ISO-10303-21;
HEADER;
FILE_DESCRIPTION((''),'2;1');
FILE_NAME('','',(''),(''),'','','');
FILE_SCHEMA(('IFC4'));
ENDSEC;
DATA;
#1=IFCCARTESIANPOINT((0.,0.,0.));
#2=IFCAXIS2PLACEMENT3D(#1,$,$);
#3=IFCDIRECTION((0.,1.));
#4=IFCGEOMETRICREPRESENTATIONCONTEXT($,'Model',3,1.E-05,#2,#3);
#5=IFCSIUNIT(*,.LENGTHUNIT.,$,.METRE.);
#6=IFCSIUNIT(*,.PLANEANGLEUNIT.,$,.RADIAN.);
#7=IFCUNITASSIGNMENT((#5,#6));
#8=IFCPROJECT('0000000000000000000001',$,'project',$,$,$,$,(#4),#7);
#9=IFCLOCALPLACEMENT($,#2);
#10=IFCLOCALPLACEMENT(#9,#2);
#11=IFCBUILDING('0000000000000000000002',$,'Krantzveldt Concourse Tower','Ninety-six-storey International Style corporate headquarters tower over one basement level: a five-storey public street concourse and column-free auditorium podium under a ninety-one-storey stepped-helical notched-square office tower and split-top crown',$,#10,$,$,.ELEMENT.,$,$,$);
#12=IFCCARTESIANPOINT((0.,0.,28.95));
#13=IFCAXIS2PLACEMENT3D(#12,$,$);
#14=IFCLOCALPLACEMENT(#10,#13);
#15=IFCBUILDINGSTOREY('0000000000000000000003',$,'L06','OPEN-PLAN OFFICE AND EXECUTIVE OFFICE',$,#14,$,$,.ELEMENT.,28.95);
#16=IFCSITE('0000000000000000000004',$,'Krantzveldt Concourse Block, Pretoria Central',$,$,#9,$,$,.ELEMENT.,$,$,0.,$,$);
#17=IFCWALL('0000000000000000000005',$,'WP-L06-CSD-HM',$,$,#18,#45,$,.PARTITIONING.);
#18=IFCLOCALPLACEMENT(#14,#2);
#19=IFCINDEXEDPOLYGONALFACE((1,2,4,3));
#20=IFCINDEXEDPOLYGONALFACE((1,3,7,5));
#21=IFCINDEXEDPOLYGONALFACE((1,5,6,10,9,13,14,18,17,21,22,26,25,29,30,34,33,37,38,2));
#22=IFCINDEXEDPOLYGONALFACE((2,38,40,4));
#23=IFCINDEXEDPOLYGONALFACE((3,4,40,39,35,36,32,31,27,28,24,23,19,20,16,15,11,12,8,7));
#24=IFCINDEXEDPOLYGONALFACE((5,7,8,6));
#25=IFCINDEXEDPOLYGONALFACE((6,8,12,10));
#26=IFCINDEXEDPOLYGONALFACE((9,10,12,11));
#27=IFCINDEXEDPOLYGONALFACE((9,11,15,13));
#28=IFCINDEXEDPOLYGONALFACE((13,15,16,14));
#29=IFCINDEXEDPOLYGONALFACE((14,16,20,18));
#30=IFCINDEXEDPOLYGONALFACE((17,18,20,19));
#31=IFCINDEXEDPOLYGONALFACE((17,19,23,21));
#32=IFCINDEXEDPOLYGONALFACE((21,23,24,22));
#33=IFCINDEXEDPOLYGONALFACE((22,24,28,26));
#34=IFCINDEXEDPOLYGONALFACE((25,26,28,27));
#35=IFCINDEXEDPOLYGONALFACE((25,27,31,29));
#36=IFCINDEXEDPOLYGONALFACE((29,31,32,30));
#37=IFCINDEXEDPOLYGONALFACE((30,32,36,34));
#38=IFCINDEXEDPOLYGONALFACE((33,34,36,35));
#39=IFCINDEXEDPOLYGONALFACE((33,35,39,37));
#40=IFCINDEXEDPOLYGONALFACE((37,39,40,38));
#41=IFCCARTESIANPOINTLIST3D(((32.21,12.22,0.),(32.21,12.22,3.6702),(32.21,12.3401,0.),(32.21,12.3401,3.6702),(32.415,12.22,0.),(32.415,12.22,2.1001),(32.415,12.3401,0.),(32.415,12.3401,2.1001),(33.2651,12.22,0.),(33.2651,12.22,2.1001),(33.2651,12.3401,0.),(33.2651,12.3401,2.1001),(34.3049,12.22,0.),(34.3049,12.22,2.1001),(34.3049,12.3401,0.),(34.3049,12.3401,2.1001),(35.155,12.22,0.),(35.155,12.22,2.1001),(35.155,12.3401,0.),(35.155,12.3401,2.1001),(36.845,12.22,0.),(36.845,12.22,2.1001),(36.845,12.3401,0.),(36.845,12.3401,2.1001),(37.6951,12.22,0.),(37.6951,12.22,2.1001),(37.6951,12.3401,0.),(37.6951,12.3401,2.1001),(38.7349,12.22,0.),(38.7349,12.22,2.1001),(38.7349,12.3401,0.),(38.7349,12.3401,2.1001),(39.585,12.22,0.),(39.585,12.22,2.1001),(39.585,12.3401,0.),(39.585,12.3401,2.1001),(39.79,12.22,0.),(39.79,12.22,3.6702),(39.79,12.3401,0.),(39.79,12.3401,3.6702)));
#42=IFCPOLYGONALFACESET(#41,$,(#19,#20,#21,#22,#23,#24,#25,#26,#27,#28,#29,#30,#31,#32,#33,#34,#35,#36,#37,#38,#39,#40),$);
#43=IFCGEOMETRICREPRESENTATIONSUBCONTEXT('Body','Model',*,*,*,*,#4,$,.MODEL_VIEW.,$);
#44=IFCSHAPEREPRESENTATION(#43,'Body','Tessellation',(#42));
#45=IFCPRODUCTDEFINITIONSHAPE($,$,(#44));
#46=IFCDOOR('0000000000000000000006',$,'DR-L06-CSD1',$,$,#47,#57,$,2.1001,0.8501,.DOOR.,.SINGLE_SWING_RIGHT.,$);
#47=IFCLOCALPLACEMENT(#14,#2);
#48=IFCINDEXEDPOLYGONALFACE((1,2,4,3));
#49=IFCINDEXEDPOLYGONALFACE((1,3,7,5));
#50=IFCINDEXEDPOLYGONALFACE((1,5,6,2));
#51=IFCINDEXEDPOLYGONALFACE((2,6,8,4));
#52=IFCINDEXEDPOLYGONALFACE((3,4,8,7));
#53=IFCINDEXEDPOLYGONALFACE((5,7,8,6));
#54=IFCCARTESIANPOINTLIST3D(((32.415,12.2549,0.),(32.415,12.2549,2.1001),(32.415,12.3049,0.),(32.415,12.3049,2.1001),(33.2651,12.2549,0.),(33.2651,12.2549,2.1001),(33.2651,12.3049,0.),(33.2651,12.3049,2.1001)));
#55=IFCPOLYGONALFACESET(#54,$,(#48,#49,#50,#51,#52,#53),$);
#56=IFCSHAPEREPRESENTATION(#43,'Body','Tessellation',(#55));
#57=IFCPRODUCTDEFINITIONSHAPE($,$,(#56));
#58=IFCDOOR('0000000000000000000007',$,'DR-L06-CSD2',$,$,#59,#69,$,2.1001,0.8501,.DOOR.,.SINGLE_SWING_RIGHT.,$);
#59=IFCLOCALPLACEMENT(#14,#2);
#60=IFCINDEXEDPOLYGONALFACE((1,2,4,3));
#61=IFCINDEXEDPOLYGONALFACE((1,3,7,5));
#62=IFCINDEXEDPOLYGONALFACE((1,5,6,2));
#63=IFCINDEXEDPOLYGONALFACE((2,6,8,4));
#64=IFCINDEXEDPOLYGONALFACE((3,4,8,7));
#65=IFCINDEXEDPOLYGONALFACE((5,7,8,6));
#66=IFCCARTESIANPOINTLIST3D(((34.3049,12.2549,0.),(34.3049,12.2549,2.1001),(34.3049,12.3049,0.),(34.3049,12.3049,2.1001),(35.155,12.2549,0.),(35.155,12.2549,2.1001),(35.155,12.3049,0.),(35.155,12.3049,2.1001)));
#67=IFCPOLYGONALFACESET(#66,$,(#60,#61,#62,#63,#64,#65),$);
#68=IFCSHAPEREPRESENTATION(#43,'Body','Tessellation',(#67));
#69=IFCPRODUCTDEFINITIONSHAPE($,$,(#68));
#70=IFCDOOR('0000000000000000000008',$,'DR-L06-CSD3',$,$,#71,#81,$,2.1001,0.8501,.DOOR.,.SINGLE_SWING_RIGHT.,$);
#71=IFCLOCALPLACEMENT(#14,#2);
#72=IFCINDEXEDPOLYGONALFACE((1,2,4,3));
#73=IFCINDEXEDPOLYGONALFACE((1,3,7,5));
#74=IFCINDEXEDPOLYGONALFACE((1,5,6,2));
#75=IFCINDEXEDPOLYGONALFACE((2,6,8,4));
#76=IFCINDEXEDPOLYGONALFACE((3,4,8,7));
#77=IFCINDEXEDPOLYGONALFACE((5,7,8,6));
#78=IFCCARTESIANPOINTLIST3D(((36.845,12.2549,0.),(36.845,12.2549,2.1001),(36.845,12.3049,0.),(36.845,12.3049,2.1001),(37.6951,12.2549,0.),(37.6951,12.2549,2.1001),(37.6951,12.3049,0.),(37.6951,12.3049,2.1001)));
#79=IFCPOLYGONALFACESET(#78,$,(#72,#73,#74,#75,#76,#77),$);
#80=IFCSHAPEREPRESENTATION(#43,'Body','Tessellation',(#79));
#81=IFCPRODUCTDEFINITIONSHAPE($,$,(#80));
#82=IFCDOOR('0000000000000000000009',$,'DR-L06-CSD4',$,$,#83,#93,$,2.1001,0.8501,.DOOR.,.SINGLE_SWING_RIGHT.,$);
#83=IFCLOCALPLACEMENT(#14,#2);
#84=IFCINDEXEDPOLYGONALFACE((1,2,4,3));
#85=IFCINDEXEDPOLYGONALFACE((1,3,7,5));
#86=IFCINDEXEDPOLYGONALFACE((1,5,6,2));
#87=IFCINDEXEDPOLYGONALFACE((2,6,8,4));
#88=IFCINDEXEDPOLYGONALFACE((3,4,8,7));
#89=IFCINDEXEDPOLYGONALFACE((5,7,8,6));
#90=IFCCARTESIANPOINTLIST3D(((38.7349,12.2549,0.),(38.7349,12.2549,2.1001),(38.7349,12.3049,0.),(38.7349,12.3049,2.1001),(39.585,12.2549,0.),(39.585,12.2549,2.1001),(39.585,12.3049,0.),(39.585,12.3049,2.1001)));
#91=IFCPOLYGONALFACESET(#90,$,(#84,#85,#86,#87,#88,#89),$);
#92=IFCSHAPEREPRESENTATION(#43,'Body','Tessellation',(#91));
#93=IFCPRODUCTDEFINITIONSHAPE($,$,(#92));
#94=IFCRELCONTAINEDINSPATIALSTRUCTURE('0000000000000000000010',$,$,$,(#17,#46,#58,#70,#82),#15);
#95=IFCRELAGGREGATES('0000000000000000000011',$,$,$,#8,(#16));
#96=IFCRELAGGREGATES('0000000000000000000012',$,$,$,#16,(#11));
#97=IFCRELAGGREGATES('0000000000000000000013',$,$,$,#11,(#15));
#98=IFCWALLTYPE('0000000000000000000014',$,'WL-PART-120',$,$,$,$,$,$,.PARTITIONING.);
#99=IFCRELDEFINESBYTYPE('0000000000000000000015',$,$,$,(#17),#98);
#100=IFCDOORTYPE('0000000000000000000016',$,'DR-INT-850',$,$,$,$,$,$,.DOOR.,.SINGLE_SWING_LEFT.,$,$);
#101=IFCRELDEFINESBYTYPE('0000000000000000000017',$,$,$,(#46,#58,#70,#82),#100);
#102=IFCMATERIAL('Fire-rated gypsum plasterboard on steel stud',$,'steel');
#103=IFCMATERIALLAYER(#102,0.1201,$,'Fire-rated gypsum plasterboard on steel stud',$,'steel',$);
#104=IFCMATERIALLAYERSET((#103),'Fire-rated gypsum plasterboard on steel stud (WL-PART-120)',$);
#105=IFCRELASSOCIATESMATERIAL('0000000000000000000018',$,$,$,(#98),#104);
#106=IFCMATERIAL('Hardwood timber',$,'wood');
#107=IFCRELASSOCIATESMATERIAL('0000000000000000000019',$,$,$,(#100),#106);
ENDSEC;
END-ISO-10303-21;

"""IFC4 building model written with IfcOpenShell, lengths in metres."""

from ifc_helpers import new_model, si_unit, direction, frame, frame_2d, origin, place, context, subcontext, project, spatial, rectangle, extrude, material, layer, layer_set, type_object, element, fill, save


model = new_model("IFC4")

# Units and contexts
model_context = context("Model", 3, precision=1e-05, world=origin(), true_north=direction((0.0, 1.0)))
body_context = subcontext(model_context, "Body", "Model", "MODEL_VIEW")
ifc_project = project(units=[si_unit("LENGTHUNIT", "METRE"), si_unit("PLANEANGLEUNIT", "RADIAN")], contexts=[model_context])

# Site, building, storey
site_placement = place(None, origin())
site = spatial("IfcSite", under=ifc_project, at=site_placement, Name="Krantzveldt Concourse Block, Pretoria Central", CompositionType="ELEMENT", RefElevation=0.0)
building_placement = place(site_placement, origin())
building = spatial("IfcBuilding", under=site, at=building_placement, Name="Krantzveldt Concourse Tower", Description="Ninety-six-storey International Style corporate headquarters tower over one basement level: a five-storey public street concourse and column-free auditorium podium under a ninety-one-storey stepped-helical notched-square office tower and split-top crown", CompositionType="ELEMENT")
storey_placement = place(building_placement, frame((0.0, 0.0, 28.95)))
storey = spatial("IfcBuildingStorey", under=building, at=storey_placement, Name="L06", Description="OPEN-PLAN OFFICE AND EXECUTIVE OFFICE", CompositionType="ELEMENT", Elevation=28.95)

# Shared definitions
ifc_material_1 = material(Name="Fire-rated gypsum plasterboard on steel stud", Category="steel")
ifc_layer_1 = layer(ifc_material_1, 0.1201, Name="Fire-rated gypsum plasterboard on steel stud", Category="steel")
ifc_layer_set_1 = layer_set([ifc_layer_1], Name="Fire-rated gypsum plasterboard on steel stud (WL-PART-120)")
wall_type_1 = type_object("IfcWallType", Name="WL-PART-120", PredefinedType="PARTITIONING", material=ifc_layer_set_1)
ifc_material_2 = material(Name="Hardwood timber", Category="wood")
door_type_1 = type_object("IfcDoorType", Name="DR-INT-850", OperationType="SINGLE_SWING_LEFT", PredefinedType="DOOR", material=ifc_material_2)

# Wall, openings, doors
wall_1_placement = place(storey_placement, frame((32.21, 12.28, 0.0), z_axis=(0.0, 0.0, 1.0), x_axis=(1.0, 0.0, 0.0)))
wall_1 = element("IfcWall", 1, at=wall_1_placement, inside=storey, type_object=wall_type_1, Name="WP-L06-CSD-HM", PredefinedType="PARTITIONING", context=body_context, shape_type="SweptSolid", body=[
    extrude(rectangle(XDim=7.5801, YDim=0.1201, at=frame_2d((3.79, 0.0))), origin(), (0.0, 0.0, 1.0), 3.6702),
])
opening_1_placement = place(wall_1_placement, frame((0.2051, 0.0, 0.0)))
opening_1 = element("IfcOpeningElement", 2, at=opening_1_placement, cuts=wall_1, PredefinedType="OPENING", context=body_context, shape_type="SweptSolid", body=[
    extrude(rectangle(XDim=0.8501, YDim=2.1001, at=frame_2d((0.425, 1.05))), frame((0.0, 0.0701, 0.0), z_axis=(0.0, -1.0, 0.0), x_axis=(1.0, 0.0, 0.0)), (0.0, 0.0, 1.0), 0.1401),
])
opening_2_placement = place(wall_1_placement, frame((2.095, 0.0, 0.0)))
opening_2 = element("IfcOpeningElement", 3, at=opening_2_placement, cuts=wall_1, PredefinedType="OPENING", context=body_context, shape_type="SweptSolid", body=[
    extrude(rectangle(XDim=0.8501, YDim=2.1001, at=frame_2d((0.425, 1.05))), frame((0.0, 0.0701, 0.0), z_axis=(0.0, -1.0, 0.0), x_axis=(1.0, 0.0, 0.0)), (0.0, 0.0, 1.0), 0.1401),
])
opening_3_placement = place(wall_1_placement, frame((4.635, 0.0, 0.0)))
opening_3 = element("IfcOpeningElement", 4, at=opening_3_placement, cuts=wall_1, PredefinedType="OPENING", context=body_context, shape_type="SweptSolid", body=[
    extrude(rectangle(XDim=0.8501, YDim=2.1001, at=frame_2d((0.425, 1.05))), frame((0.0, 0.0701, 0.0), z_axis=(0.0, -1.0, 0.0), x_axis=(1.0, 0.0, 0.0)), (0.0, 0.0, 1.0), 0.1401),
])
opening_4_placement = place(wall_1_placement, frame((6.5249, 0.0, 0.0)))
opening_4 = element("IfcOpeningElement", 5, at=opening_4_placement, cuts=wall_1, PredefinedType="OPENING", context=body_context, shape_type="SweptSolid", body=[
    extrude(rectangle(XDim=0.8501, YDim=2.1001, at=frame_2d((0.425, 1.05))), frame((0.0, 0.0701, 0.0), z_axis=(0.0, -1.0, 0.0), x_axis=(1.0, 0.0, 0.0)), (0.0, 0.0, 1.0), 0.1401),
])
door_1_placement = place(opening_1_placement, origin())
door_1 = element("IfcDoor", 6, at=door_1_placement, inside=storey, type_object=door_type_1, Name="DR-L06-CSD1", OperationType="SINGLE_SWING_RIGHT", OverallHeight=2.1001, OverallWidth=0.8501, PredefinedType="DOOR", context=body_context, shape_type="SweptSolid", body=[
    extrude(rectangle(XDim=0.8501, YDim=2.1001, at=frame_2d((0.425, 1.05))), frame((0.0, 0.0249, 0.0), z_axis=(0.0, -1.0, 0.0), x_axis=(1.0, 0.0, 0.0)), (0.0, 0.0, 1.0), 0.05),
])
fill(opening_1, door_1)
door_2_placement = place(opening_2_placement, origin())
door_2 = element("IfcDoor", 7, at=door_2_placement, inside=storey, type_object=door_type_1, Name="DR-L06-CSD2", OperationType="SINGLE_SWING_RIGHT", OverallHeight=2.1001, OverallWidth=0.8501, PredefinedType="DOOR", context=body_context, shape_type="SweptSolid", body=[
    extrude(rectangle(XDim=0.8501, YDim=2.1001, at=frame_2d((0.425, 1.05))), frame((0.0, 0.0249, 0.0), z_axis=(0.0, -1.0, 0.0), x_axis=(1.0, 0.0, 0.0)), (0.0, 0.0, 1.0), 0.05),
])
fill(opening_2, door_2)
door_3_placement = place(opening_3_placement, origin())
door_3 = element("IfcDoor", 8, at=door_3_placement, inside=storey, type_object=door_type_1, Name="DR-L06-CSD3", OperationType="SINGLE_SWING_RIGHT", OverallHeight=2.1001, OverallWidth=0.8501, PredefinedType="DOOR", context=body_context, shape_type="SweptSolid", body=[
    extrude(rectangle(XDim=0.8501, YDim=2.1001, at=frame_2d((0.425, 1.05))), frame((0.0, 0.0249, 0.0), z_axis=(0.0, -1.0, 0.0), x_axis=(1.0, 0.0, 0.0)), (0.0, 0.0, 1.0), 0.05),
])
fill(opening_3, door_3)
door_4_placement = place(opening_4_placement, origin())
door_4 = element("IfcDoor", 9, at=door_4_placement, inside=storey, type_object=door_type_1, Name="DR-L06-CSD4", OperationType="SINGLE_SWING_RIGHT", OverallHeight=2.1001, OverallWidth=0.8501, PredefinedType="DOOR", context=body_context, shape_type="SweptSolid", body=[
    extrude(rectangle(XDim=0.8501, YDim=2.1001, at=frame_2d((0.425, 1.05))), frame((0.0, 0.0249, 0.0), z_axis=(0.0, -1.0, 0.0), x_axis=(1.0, 0.0, 0.0)), (0.0, 0.0, 1.0), 0.05),
])
fill(opening_4, door_4)

save(model, "model.ifc")
